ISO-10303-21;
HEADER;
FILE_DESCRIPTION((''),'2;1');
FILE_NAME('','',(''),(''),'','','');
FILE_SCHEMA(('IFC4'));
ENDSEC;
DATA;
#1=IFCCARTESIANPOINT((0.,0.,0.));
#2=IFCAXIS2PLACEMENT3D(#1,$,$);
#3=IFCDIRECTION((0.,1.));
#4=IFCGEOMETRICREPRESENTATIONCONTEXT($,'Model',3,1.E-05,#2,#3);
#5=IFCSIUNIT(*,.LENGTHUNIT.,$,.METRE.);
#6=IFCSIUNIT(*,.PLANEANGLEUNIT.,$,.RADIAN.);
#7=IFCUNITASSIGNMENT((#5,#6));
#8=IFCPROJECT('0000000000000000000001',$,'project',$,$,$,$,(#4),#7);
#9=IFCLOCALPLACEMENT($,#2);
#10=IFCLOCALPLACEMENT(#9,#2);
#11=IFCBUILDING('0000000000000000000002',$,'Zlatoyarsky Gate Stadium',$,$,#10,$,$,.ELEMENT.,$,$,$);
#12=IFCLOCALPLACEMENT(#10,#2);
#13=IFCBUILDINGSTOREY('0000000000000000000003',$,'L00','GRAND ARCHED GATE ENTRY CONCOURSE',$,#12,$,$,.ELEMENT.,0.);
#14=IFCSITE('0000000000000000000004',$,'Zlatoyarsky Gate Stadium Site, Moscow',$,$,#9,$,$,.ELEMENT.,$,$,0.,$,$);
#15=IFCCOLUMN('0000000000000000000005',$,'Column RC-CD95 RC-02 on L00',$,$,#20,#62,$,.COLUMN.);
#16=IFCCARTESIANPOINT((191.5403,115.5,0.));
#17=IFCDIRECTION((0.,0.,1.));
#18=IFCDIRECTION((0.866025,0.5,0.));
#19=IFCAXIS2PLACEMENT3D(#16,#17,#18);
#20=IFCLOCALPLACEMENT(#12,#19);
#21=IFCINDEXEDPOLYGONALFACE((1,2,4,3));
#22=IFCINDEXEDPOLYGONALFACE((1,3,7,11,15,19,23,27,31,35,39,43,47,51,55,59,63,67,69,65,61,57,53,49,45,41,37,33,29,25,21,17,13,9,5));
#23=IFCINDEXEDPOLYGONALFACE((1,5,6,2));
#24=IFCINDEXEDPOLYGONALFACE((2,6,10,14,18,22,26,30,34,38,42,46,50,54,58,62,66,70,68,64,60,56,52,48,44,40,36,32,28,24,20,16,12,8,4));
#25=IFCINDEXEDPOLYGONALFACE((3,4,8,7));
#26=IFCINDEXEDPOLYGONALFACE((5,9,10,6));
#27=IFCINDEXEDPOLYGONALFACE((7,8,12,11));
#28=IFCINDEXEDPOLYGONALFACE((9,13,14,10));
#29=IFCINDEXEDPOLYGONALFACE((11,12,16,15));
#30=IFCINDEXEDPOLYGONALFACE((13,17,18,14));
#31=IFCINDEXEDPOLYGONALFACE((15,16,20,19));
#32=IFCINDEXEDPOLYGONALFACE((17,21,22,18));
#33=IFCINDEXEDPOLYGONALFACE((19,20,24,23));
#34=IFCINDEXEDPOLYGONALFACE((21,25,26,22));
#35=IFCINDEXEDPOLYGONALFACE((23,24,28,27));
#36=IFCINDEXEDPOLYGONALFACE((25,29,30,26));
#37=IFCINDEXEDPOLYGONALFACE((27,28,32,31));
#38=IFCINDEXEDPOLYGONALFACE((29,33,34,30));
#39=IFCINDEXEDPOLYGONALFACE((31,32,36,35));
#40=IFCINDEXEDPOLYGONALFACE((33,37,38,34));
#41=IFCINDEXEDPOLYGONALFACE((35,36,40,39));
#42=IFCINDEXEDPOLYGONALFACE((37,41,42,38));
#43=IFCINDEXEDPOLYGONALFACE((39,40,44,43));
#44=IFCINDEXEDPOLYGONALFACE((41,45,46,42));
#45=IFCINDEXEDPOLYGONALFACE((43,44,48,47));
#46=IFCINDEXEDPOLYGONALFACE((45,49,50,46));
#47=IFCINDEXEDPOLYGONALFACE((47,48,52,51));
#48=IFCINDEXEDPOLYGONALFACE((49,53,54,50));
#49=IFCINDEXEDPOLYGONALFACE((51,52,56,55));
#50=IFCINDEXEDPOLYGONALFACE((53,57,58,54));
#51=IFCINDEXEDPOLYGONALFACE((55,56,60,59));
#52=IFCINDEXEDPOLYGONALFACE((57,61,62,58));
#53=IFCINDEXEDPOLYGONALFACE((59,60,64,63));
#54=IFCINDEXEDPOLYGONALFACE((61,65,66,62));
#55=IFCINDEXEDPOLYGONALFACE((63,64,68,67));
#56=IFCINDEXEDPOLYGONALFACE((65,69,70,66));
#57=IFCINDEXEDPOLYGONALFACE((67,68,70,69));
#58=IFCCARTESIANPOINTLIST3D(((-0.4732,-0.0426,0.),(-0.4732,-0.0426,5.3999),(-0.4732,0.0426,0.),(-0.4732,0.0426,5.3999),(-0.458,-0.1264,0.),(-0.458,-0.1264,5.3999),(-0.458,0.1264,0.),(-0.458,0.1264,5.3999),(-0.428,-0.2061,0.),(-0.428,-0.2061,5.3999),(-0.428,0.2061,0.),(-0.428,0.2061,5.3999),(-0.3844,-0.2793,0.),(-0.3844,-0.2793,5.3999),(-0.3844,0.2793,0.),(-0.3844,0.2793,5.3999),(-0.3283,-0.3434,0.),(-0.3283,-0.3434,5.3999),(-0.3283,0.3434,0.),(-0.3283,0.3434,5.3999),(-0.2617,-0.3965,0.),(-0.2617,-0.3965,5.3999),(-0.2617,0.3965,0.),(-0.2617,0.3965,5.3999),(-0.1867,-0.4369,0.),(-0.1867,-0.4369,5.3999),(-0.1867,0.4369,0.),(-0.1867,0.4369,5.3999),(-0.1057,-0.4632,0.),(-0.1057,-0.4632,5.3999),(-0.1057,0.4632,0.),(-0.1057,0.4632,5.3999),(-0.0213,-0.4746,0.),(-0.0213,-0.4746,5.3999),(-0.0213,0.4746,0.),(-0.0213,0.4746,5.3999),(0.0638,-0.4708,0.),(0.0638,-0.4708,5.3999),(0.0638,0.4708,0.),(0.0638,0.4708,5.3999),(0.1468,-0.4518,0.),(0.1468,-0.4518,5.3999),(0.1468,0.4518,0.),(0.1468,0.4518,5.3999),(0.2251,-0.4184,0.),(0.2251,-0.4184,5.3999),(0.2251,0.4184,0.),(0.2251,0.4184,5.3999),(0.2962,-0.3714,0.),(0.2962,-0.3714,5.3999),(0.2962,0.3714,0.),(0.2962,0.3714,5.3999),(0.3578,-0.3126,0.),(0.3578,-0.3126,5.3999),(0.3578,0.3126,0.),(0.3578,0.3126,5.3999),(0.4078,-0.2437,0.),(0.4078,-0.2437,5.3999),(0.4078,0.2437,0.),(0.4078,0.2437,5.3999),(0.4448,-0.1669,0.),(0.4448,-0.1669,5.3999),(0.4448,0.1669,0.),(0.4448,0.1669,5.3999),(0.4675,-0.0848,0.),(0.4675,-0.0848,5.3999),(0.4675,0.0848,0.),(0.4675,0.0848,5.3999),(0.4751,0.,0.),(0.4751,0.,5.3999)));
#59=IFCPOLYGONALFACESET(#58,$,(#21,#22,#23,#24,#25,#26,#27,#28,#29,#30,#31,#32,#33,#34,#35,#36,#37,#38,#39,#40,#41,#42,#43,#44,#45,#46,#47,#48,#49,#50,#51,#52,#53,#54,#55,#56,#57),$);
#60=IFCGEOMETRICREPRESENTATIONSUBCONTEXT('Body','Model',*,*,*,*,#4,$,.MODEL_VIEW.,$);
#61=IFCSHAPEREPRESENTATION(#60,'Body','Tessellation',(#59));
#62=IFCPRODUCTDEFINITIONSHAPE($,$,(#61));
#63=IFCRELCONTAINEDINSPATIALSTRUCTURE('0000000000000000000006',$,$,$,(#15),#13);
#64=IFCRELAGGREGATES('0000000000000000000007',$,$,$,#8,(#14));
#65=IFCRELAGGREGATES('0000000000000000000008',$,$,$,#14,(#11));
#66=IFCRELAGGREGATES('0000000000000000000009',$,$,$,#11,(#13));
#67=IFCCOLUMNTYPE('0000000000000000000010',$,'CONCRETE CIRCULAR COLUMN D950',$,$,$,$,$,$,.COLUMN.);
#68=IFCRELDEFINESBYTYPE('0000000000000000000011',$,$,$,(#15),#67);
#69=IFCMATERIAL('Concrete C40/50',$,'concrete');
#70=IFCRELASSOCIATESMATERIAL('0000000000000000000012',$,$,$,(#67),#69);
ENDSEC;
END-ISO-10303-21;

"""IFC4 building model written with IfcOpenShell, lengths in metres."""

from ifc_helpers import new_model, si_unit, direction, frame, origin, origin_2d, place, context, subcontext, project, spatial, circle, extrude, material, material_profile, profile_set, type_object, element, save


model = new_model("IFC4")

# Units and contexts
model_context = context("Model", 3, precision=1e-05, world=origin(), true_north=direction((0.0, 1.0)))
body_context = subcontext(model_context, "Body", "Model", "MODEL_VIEW")
ifc_project = project(units=[si_unit("LENGTHUNIT", "METRE"), si_unit("PLANEANGLEUNIT", "RADIAN")], contexts=[model_context])

# Site, building, storey
site_placement = place(None, origin())
site = spatial("IfcSite", under=ifc_project, at=site_placement, Name="Zlatoyarsky Gate Stadium Site, Moscow", CompositionType="ELEMENT", RefElevation=0.0)
building_placement = place(site_placement, origin())
building = spatial("IfcBuilding", under=site, at=building_placement, Name="Zlatoyarsky Gate Stadium", CompositionType="ELEMENT")
storey_placement = place(building_placement, origin())
storey = spatial("IfcBuildingStorey", under=building, at=storey_placement, Name="L00", Description="GRAND ARCHED GATE ENTRY CONCOURSE", CompositionType="ELEMENT", Elevation=0.0)

# Column
ifc_material_1 = material(Name="Concrete C40/50", Category="concrete")
ifc_material_profile_1 = material_profile(ifc_material_1, circle(Radius=0.4751, at=origin_2d()), Name="RC COL D950")
ifc_profile_set_1 = profile_set([ifc_material_profile_1], Name="Concrete C40/50")
column_type_1 = type_object("IfcColumnType", Name="CONCRETE CIRCULAR COLUMN D950", PredefinedType="COLUMN", material=ifc_profile_set_1)
column_1_placement = place(storey_placement, frame((191.5403, 115.5, 0.0), z_axis=(0.0, 0.0, 1.0), x_axis=(0.866025, 0.5, 0.0)))
element("IfcColumn", 1, at=column_1_placement, inside=storey, type_object=column_type_1, Name="Column RC-CD95 RC-02 on L00", PredefinedType="COLUMN", context=body_context, shape_type="SweptSolid", body=[
    extrude(circle(Radius=0.4751, at=origin_2d()), origin(), (0.0, 0.0, 1.0), 5.3999),
])

save(model, "model.ifc")
